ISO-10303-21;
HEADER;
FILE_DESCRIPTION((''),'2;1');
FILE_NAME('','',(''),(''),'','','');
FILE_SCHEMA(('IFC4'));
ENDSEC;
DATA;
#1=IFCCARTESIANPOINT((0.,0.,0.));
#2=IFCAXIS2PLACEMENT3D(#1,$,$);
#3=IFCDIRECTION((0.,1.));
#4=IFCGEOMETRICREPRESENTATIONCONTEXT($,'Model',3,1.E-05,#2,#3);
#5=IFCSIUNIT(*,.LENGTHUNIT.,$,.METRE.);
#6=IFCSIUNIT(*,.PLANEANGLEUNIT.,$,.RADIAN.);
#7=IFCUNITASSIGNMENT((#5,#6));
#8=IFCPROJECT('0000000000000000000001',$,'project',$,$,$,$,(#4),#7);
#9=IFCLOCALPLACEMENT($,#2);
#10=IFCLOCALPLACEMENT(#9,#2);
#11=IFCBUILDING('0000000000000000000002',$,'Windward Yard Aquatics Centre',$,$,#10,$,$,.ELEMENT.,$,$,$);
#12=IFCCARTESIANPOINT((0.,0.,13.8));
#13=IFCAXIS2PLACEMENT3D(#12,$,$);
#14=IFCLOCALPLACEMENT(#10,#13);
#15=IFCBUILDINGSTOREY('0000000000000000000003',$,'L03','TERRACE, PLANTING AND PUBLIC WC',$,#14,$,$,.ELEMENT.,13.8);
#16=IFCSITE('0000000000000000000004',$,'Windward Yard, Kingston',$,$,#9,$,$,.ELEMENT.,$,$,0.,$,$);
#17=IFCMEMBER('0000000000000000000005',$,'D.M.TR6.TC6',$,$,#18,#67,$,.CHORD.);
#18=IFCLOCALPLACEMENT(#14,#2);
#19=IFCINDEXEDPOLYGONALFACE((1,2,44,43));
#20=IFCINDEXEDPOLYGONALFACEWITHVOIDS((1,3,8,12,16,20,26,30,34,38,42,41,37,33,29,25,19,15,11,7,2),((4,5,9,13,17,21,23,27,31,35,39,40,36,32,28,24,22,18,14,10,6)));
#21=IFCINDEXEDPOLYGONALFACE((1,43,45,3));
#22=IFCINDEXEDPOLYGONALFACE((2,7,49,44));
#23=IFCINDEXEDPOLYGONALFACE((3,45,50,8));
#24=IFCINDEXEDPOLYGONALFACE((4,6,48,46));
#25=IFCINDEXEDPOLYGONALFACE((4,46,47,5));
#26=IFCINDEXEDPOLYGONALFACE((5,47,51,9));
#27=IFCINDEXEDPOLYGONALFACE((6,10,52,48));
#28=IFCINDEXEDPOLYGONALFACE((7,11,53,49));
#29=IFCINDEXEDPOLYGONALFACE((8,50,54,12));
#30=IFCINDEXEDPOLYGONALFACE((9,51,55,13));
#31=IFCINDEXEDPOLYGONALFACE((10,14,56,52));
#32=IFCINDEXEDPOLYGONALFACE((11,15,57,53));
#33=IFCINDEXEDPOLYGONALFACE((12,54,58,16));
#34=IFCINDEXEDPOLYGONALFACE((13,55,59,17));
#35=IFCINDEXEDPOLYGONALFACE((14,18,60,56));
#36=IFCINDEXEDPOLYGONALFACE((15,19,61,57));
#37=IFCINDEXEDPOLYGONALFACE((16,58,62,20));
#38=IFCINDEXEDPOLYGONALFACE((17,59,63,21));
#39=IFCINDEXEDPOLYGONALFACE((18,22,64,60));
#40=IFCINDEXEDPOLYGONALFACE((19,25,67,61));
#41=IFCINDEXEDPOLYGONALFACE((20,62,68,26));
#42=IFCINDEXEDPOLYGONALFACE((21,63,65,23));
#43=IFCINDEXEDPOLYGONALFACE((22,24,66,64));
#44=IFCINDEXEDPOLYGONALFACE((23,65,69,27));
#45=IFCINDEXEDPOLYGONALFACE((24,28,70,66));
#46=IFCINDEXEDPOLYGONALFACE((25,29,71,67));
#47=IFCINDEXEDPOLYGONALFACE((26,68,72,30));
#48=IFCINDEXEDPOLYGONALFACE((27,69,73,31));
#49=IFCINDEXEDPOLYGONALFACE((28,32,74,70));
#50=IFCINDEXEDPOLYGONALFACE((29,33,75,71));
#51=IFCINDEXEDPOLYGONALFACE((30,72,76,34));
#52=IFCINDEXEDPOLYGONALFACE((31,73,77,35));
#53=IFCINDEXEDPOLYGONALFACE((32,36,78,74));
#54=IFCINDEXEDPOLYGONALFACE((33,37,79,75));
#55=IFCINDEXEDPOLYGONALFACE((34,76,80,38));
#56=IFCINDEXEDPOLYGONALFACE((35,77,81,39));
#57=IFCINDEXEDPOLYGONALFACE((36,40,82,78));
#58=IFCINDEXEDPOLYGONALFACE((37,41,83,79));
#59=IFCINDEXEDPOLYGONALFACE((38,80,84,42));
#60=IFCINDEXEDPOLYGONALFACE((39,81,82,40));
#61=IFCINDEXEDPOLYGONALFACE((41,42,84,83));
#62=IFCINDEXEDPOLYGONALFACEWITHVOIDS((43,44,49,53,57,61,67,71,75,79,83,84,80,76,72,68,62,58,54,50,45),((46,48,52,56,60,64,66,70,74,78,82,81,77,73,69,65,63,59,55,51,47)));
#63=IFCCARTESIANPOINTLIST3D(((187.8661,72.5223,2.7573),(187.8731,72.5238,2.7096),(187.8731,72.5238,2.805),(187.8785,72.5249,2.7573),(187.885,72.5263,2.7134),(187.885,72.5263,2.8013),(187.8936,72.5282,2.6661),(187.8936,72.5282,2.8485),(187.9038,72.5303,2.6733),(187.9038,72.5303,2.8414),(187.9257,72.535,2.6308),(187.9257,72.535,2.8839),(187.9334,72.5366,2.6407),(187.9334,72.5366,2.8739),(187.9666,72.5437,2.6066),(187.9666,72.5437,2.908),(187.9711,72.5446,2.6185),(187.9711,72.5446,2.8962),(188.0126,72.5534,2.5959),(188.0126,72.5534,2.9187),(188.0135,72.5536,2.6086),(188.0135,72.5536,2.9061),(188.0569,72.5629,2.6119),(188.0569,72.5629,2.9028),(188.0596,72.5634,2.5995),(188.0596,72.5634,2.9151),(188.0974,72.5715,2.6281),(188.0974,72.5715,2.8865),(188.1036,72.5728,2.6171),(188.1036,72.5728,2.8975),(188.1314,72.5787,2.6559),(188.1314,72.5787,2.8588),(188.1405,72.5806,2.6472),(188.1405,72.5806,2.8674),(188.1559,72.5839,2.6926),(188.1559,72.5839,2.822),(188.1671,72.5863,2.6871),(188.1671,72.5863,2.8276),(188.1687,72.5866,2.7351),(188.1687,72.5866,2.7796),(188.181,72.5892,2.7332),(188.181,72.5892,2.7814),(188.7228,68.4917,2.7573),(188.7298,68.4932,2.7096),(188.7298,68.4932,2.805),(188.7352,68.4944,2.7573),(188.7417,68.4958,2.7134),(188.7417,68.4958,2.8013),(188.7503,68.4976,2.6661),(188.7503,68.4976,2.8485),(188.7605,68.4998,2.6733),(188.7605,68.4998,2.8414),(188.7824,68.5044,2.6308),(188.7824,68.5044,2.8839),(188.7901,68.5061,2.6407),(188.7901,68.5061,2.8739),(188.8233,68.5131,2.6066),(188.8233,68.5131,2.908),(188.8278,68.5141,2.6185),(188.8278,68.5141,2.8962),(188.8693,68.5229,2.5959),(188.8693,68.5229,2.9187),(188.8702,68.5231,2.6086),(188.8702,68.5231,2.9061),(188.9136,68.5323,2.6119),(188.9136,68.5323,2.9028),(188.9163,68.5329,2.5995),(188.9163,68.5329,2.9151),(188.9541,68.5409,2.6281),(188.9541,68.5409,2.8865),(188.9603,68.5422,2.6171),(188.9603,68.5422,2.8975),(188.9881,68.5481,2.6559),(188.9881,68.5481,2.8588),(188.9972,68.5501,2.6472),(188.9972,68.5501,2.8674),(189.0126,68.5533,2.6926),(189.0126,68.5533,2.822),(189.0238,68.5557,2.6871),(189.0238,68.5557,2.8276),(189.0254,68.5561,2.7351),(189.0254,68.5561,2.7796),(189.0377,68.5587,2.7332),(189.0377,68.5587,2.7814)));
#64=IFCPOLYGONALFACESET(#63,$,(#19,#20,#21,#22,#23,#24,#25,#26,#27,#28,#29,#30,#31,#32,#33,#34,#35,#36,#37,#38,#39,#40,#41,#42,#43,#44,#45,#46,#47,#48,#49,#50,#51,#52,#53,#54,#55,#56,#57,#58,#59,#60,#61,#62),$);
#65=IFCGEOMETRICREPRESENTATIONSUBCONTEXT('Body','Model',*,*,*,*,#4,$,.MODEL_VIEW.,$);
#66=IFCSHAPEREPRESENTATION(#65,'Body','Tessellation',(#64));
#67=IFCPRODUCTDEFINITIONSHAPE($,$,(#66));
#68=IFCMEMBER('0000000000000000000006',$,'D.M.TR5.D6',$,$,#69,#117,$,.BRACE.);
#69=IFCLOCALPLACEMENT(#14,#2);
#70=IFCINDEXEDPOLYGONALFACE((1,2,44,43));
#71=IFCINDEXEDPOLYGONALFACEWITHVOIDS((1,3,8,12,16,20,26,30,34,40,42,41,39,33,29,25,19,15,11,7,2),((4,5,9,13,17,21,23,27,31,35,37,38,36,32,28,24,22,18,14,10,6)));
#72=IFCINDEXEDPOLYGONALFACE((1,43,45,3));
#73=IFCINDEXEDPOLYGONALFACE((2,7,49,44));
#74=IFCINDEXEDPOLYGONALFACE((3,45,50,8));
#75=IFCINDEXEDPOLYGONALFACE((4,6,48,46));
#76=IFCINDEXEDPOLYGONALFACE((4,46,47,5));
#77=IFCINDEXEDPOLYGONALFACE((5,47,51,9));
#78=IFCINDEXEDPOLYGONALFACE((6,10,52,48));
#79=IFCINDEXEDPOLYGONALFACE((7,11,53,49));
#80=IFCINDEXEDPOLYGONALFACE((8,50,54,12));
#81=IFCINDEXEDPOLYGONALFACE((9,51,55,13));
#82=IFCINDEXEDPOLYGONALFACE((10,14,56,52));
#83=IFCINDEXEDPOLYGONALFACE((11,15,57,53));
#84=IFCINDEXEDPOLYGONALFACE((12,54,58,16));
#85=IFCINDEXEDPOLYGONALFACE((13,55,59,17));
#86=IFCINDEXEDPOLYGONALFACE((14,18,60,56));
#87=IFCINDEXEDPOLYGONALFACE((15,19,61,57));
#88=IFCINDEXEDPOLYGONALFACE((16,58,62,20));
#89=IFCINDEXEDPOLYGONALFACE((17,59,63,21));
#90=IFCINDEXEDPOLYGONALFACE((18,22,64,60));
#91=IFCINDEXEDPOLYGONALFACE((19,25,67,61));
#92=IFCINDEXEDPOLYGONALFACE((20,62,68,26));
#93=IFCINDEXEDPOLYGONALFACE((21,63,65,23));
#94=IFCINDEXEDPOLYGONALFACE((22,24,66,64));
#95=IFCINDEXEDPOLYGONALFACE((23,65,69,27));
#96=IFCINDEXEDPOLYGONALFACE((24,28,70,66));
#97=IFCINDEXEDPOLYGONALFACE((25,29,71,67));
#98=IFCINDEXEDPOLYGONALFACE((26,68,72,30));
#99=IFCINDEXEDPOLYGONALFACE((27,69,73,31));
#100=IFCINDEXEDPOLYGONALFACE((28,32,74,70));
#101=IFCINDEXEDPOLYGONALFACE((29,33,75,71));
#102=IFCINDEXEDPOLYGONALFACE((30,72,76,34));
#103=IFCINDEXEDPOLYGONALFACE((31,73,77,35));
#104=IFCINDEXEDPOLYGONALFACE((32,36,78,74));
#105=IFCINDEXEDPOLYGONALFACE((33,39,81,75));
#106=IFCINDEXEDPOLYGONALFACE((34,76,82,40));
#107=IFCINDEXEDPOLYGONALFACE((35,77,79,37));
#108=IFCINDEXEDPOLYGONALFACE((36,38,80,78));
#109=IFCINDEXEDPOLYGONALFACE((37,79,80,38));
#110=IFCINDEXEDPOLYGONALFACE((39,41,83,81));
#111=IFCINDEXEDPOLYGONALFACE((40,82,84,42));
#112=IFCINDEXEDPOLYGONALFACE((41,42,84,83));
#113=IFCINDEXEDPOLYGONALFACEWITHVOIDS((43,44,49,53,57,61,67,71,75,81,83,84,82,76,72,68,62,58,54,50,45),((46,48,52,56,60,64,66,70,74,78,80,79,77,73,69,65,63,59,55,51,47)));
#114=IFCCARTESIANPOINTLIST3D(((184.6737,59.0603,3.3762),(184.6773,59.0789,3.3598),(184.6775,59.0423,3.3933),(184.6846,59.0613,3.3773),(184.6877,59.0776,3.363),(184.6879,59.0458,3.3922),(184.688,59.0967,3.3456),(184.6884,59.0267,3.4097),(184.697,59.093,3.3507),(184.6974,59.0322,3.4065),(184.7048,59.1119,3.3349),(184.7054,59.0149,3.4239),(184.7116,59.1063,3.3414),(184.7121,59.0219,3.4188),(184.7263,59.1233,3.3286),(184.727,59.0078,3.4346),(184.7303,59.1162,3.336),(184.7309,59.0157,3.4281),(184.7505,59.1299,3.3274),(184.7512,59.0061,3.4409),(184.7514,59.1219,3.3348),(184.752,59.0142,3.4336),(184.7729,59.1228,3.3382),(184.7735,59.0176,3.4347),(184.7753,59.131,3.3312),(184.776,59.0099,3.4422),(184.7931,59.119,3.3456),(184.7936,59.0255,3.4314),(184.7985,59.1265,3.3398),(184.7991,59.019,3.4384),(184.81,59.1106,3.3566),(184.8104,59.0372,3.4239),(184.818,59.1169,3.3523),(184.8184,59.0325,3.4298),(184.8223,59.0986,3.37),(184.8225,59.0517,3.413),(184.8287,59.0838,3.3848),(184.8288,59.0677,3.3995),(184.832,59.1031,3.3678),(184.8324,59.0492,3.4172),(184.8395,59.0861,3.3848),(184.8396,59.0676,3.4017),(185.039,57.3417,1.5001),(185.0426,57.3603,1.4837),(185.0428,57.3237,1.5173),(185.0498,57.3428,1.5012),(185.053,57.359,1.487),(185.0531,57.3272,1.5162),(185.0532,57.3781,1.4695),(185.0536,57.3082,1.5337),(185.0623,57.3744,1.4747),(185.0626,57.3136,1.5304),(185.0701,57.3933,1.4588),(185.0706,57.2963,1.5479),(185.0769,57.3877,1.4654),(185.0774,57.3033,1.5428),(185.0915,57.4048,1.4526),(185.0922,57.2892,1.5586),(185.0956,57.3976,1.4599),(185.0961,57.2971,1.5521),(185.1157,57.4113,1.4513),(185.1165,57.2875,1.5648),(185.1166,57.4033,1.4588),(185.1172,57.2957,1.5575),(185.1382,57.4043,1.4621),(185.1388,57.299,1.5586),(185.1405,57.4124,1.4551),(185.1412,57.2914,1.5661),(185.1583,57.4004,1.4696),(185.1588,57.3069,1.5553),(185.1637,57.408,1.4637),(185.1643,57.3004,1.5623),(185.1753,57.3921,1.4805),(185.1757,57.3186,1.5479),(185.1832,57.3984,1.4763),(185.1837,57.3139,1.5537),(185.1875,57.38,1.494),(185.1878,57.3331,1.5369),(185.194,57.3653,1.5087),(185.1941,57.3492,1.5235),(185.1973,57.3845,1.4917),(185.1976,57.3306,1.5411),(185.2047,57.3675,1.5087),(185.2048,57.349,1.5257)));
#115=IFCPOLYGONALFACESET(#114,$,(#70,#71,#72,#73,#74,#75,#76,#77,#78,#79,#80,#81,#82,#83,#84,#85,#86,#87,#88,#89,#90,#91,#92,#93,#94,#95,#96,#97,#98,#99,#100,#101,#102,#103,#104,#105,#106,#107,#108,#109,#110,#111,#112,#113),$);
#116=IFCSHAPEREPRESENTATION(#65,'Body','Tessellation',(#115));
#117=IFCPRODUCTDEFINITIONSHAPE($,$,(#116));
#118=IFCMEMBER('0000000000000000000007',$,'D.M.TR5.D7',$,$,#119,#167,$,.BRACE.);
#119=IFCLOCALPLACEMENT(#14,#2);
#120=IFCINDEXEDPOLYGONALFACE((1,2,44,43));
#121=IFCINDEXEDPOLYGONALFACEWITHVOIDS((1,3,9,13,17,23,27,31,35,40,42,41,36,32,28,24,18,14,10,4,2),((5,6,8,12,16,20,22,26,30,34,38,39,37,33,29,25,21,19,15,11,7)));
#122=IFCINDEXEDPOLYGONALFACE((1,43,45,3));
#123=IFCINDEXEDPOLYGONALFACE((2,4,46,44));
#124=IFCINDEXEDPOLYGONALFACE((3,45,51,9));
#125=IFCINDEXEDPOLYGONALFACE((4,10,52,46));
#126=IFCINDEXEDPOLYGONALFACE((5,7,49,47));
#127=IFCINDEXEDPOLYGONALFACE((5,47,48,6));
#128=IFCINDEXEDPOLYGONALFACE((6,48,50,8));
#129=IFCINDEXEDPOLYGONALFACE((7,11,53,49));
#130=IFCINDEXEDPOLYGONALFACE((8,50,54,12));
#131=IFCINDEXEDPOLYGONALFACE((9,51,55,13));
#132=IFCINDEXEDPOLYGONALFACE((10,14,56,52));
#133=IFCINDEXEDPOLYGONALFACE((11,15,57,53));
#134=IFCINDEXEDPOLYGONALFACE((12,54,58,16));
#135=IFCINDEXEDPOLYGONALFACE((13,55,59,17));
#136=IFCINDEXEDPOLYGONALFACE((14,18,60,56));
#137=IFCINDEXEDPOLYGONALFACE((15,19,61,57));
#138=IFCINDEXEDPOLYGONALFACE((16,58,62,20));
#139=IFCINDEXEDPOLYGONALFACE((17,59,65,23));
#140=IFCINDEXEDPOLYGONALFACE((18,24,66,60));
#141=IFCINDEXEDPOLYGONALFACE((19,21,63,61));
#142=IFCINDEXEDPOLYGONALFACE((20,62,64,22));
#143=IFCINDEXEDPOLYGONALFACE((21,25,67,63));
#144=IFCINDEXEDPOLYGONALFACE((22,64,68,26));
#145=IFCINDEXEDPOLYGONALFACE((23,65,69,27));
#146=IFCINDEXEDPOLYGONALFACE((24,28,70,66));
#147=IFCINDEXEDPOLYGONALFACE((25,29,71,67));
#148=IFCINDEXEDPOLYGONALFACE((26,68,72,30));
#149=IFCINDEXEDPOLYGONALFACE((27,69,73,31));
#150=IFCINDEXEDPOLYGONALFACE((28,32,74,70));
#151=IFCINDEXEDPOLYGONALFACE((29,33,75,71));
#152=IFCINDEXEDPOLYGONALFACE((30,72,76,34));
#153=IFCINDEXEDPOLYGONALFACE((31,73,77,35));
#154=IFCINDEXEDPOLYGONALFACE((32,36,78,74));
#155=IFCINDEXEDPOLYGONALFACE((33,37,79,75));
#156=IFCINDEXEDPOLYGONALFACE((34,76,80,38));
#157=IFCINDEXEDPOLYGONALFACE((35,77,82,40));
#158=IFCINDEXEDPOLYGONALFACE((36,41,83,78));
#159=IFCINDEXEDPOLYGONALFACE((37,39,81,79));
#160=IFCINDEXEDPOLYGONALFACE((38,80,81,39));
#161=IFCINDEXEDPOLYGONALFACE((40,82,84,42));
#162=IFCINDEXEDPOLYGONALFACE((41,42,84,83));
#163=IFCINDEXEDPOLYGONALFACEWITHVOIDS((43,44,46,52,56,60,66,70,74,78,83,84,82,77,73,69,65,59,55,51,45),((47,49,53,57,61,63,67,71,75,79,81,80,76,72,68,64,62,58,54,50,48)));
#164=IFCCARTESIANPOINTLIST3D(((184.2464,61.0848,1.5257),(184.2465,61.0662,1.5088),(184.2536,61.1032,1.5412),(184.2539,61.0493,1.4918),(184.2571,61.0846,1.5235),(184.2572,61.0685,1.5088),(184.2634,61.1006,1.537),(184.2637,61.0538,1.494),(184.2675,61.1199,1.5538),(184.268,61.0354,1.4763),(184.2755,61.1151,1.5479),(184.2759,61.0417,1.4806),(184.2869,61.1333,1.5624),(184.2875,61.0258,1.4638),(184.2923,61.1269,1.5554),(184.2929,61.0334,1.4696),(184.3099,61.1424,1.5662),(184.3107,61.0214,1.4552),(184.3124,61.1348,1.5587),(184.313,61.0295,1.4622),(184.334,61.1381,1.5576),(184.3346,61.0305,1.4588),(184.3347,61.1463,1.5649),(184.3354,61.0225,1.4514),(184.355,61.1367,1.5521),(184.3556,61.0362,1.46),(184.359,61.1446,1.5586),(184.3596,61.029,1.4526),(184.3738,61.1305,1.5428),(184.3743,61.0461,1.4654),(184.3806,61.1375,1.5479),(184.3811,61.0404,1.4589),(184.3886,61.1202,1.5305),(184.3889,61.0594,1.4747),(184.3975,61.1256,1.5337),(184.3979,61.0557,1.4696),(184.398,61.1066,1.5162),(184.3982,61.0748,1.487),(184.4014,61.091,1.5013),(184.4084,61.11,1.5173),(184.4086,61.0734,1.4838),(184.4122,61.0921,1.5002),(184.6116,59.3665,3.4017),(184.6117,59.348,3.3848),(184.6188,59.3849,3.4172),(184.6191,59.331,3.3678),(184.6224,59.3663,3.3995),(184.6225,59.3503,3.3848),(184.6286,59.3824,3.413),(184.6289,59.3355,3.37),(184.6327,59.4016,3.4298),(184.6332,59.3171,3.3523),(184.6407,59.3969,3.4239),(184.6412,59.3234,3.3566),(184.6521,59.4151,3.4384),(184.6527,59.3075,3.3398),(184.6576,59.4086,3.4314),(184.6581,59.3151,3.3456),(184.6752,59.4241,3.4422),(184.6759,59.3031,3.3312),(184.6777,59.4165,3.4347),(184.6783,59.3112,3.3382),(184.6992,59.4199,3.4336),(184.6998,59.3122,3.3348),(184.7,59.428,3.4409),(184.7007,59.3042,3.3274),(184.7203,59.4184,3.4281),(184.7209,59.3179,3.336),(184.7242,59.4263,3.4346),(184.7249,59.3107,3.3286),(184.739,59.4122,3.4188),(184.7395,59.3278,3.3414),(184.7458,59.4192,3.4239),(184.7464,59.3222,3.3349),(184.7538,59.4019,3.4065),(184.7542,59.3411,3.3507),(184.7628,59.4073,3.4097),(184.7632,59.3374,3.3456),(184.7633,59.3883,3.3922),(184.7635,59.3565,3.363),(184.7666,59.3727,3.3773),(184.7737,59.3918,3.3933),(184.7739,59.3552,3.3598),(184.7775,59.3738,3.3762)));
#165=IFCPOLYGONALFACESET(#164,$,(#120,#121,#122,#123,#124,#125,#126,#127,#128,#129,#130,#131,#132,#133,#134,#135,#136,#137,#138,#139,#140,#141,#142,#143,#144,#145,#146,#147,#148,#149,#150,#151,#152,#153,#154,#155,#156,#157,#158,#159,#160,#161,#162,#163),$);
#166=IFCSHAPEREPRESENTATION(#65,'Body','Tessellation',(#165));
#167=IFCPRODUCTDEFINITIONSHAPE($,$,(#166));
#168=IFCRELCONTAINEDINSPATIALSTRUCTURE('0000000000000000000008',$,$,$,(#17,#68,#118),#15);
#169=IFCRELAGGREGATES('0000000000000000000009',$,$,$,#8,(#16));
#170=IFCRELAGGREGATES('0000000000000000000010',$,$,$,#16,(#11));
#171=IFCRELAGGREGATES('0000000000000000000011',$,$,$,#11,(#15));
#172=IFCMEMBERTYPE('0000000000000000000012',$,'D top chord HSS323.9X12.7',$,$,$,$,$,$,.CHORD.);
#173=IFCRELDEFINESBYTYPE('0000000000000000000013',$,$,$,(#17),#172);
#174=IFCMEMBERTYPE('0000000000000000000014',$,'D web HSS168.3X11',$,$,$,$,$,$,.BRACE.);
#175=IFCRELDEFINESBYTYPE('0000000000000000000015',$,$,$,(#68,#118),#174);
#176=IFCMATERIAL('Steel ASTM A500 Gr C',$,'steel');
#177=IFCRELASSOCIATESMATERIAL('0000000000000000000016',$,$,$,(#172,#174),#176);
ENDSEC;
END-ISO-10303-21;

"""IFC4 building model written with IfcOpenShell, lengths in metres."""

from ifc_helpers import new_model, si_unit, direction, frame, origin, origin_2d, place, context, subcontext, project, spatial, hollow_circle, extrude, material, material_profile, profile_set, type_object, element, save


model = new_model("IFC4")

# Units and contexts
model_context = context("Model", 3, precision=1e-05, world=origin(), true_north=direction((0.0, 1.0)))
body_context = subcontext(model_context, "Body", "Model", "MODEL_VIEW")
ifc_project = project(units=[si_unit("LENGTHUNIT", "METRE"), si_unit("PLANEANGLEUNIT", "RADIAN")], contexts=[model_context])

# Site, building, storey
site_placement = place(None, origin())
site = spatial("IfcSite", under=ifc_project, at=site_placement, Name="Windward Yard, Kingston", CompositionType="ELEMENT", RefElevation=0.0)
building_placement = place(site_placement, origin())
building = spatial("IfcBuilding", under=site, at=building_placement, Name="Windward Yard Aquatics Centre", CompositionType="ELEMENT")
storey_placement = place(building_placement, frame((0.0, 0.0, 13.8)))
storey = spatial("IfcBuildingStorey", under=building, at=storey_placement, Name="L03", Description="TERRACE, PLANTING AND PUBLIC WC", CompositionType="ELEMENT", Elevation=13.8)

# Members
ifc_material_1 = material(Name="Steel ASTM A500 Gr C", Category="steel")
ifc_material_profile_1 = material_profile(ifc_material_1, hollow_circle(Radius=0.1619, WallThickness=0.0127, at=origin_2d()), Name="HSS323.9X12.7")
ifc_profile_set_1 = profile_set([ifc_material_profile_1], Name="Steel ASTM A500 Gr C")
member_type_1 = type_object("IfcMemberType", Name="D top chord HSS323.9X12.7", PredefinedType="CHORD", material=ifc_profile_set_1)
for number, where, z_axis, x_axis, name in (
    (1, (188.8811, 68.5254, 2.7573), (-0.207906, 0.978149, 0.0), (-0.978149, -0.207906, 0.0), "D.M.TR6.TC6"),
):
    element("IfcMember", number, at=place(storey_placement, frame(where, z_axis=z_axis, x_axis=x_axis)), inside=storey, type_object=member_type_1, Name=name, PredefinedType="CHORD", context=body_context, shape_type="SweptSolid", body=[
        extrude(hollow_circle(Radius=0.1619, WallThickness=0.0127, at=origin_2d()), origin(), (0.0, 0.0, 1.0), 4.1206),
    ])
ifc_material_profile_2 = material_profile(ifc_material_1, hollow_circle(Radius=0.0842, WallThickness=0.011, at=origin_2d()), Name="HSS168.3X11")
ifc_profile_set_2 = profile_set([ifc_material_profile_2], Name="Steel ASTM A500 Gr C")
member_type_2 = type_object("IfcMemberType", Name="D web HSS168.3X11", PredefinedType="BRACE", material=ifc_profile_set_2)
member_1_placement = place(storey_placement, frame((184.7571, 59.0686, 3.3848), z_axis=(0.142103, -0.668626, -0.729894), x_axis=(0.978153, 0.207887, 0.0)))
element("IfcMember", 2, at=member_1_placement, inside=storey, type_object=member_type_2, Name="D.M.TR5.D6", PredefinedType="BRACE", context=body_context, shape_type="SweptSolid", body=[
    extrude(hollow_circle(Radius=0.0842, WallThickness=0.011, at=origin_2d()), origin(), (0.0, 0.0, 1.0), 2.5703),
])
member_2_placement = place(storey_placement, frame((184.6941, 59.3655, 3.3848), z_axis=(-0.142112, 0.668574, -0.729941), x_axis=(-0.978147, -0.207915, 0.0)))
element("IfcMember", 3, at=member_2_placement, inside=storey, type_object=member_type_2, Name="D.M.TR5.D7", PredefinedType="BRACE", context=body_context, shape_type="SweptSolid", body=[
    extrude(hollow_circle(Radius=0.0842, WallThickness=0.011, at=origin_2d()), origin(), (0.0, 0.0, 1.0), 2.5701),
])

save(model, "model.ifc")
